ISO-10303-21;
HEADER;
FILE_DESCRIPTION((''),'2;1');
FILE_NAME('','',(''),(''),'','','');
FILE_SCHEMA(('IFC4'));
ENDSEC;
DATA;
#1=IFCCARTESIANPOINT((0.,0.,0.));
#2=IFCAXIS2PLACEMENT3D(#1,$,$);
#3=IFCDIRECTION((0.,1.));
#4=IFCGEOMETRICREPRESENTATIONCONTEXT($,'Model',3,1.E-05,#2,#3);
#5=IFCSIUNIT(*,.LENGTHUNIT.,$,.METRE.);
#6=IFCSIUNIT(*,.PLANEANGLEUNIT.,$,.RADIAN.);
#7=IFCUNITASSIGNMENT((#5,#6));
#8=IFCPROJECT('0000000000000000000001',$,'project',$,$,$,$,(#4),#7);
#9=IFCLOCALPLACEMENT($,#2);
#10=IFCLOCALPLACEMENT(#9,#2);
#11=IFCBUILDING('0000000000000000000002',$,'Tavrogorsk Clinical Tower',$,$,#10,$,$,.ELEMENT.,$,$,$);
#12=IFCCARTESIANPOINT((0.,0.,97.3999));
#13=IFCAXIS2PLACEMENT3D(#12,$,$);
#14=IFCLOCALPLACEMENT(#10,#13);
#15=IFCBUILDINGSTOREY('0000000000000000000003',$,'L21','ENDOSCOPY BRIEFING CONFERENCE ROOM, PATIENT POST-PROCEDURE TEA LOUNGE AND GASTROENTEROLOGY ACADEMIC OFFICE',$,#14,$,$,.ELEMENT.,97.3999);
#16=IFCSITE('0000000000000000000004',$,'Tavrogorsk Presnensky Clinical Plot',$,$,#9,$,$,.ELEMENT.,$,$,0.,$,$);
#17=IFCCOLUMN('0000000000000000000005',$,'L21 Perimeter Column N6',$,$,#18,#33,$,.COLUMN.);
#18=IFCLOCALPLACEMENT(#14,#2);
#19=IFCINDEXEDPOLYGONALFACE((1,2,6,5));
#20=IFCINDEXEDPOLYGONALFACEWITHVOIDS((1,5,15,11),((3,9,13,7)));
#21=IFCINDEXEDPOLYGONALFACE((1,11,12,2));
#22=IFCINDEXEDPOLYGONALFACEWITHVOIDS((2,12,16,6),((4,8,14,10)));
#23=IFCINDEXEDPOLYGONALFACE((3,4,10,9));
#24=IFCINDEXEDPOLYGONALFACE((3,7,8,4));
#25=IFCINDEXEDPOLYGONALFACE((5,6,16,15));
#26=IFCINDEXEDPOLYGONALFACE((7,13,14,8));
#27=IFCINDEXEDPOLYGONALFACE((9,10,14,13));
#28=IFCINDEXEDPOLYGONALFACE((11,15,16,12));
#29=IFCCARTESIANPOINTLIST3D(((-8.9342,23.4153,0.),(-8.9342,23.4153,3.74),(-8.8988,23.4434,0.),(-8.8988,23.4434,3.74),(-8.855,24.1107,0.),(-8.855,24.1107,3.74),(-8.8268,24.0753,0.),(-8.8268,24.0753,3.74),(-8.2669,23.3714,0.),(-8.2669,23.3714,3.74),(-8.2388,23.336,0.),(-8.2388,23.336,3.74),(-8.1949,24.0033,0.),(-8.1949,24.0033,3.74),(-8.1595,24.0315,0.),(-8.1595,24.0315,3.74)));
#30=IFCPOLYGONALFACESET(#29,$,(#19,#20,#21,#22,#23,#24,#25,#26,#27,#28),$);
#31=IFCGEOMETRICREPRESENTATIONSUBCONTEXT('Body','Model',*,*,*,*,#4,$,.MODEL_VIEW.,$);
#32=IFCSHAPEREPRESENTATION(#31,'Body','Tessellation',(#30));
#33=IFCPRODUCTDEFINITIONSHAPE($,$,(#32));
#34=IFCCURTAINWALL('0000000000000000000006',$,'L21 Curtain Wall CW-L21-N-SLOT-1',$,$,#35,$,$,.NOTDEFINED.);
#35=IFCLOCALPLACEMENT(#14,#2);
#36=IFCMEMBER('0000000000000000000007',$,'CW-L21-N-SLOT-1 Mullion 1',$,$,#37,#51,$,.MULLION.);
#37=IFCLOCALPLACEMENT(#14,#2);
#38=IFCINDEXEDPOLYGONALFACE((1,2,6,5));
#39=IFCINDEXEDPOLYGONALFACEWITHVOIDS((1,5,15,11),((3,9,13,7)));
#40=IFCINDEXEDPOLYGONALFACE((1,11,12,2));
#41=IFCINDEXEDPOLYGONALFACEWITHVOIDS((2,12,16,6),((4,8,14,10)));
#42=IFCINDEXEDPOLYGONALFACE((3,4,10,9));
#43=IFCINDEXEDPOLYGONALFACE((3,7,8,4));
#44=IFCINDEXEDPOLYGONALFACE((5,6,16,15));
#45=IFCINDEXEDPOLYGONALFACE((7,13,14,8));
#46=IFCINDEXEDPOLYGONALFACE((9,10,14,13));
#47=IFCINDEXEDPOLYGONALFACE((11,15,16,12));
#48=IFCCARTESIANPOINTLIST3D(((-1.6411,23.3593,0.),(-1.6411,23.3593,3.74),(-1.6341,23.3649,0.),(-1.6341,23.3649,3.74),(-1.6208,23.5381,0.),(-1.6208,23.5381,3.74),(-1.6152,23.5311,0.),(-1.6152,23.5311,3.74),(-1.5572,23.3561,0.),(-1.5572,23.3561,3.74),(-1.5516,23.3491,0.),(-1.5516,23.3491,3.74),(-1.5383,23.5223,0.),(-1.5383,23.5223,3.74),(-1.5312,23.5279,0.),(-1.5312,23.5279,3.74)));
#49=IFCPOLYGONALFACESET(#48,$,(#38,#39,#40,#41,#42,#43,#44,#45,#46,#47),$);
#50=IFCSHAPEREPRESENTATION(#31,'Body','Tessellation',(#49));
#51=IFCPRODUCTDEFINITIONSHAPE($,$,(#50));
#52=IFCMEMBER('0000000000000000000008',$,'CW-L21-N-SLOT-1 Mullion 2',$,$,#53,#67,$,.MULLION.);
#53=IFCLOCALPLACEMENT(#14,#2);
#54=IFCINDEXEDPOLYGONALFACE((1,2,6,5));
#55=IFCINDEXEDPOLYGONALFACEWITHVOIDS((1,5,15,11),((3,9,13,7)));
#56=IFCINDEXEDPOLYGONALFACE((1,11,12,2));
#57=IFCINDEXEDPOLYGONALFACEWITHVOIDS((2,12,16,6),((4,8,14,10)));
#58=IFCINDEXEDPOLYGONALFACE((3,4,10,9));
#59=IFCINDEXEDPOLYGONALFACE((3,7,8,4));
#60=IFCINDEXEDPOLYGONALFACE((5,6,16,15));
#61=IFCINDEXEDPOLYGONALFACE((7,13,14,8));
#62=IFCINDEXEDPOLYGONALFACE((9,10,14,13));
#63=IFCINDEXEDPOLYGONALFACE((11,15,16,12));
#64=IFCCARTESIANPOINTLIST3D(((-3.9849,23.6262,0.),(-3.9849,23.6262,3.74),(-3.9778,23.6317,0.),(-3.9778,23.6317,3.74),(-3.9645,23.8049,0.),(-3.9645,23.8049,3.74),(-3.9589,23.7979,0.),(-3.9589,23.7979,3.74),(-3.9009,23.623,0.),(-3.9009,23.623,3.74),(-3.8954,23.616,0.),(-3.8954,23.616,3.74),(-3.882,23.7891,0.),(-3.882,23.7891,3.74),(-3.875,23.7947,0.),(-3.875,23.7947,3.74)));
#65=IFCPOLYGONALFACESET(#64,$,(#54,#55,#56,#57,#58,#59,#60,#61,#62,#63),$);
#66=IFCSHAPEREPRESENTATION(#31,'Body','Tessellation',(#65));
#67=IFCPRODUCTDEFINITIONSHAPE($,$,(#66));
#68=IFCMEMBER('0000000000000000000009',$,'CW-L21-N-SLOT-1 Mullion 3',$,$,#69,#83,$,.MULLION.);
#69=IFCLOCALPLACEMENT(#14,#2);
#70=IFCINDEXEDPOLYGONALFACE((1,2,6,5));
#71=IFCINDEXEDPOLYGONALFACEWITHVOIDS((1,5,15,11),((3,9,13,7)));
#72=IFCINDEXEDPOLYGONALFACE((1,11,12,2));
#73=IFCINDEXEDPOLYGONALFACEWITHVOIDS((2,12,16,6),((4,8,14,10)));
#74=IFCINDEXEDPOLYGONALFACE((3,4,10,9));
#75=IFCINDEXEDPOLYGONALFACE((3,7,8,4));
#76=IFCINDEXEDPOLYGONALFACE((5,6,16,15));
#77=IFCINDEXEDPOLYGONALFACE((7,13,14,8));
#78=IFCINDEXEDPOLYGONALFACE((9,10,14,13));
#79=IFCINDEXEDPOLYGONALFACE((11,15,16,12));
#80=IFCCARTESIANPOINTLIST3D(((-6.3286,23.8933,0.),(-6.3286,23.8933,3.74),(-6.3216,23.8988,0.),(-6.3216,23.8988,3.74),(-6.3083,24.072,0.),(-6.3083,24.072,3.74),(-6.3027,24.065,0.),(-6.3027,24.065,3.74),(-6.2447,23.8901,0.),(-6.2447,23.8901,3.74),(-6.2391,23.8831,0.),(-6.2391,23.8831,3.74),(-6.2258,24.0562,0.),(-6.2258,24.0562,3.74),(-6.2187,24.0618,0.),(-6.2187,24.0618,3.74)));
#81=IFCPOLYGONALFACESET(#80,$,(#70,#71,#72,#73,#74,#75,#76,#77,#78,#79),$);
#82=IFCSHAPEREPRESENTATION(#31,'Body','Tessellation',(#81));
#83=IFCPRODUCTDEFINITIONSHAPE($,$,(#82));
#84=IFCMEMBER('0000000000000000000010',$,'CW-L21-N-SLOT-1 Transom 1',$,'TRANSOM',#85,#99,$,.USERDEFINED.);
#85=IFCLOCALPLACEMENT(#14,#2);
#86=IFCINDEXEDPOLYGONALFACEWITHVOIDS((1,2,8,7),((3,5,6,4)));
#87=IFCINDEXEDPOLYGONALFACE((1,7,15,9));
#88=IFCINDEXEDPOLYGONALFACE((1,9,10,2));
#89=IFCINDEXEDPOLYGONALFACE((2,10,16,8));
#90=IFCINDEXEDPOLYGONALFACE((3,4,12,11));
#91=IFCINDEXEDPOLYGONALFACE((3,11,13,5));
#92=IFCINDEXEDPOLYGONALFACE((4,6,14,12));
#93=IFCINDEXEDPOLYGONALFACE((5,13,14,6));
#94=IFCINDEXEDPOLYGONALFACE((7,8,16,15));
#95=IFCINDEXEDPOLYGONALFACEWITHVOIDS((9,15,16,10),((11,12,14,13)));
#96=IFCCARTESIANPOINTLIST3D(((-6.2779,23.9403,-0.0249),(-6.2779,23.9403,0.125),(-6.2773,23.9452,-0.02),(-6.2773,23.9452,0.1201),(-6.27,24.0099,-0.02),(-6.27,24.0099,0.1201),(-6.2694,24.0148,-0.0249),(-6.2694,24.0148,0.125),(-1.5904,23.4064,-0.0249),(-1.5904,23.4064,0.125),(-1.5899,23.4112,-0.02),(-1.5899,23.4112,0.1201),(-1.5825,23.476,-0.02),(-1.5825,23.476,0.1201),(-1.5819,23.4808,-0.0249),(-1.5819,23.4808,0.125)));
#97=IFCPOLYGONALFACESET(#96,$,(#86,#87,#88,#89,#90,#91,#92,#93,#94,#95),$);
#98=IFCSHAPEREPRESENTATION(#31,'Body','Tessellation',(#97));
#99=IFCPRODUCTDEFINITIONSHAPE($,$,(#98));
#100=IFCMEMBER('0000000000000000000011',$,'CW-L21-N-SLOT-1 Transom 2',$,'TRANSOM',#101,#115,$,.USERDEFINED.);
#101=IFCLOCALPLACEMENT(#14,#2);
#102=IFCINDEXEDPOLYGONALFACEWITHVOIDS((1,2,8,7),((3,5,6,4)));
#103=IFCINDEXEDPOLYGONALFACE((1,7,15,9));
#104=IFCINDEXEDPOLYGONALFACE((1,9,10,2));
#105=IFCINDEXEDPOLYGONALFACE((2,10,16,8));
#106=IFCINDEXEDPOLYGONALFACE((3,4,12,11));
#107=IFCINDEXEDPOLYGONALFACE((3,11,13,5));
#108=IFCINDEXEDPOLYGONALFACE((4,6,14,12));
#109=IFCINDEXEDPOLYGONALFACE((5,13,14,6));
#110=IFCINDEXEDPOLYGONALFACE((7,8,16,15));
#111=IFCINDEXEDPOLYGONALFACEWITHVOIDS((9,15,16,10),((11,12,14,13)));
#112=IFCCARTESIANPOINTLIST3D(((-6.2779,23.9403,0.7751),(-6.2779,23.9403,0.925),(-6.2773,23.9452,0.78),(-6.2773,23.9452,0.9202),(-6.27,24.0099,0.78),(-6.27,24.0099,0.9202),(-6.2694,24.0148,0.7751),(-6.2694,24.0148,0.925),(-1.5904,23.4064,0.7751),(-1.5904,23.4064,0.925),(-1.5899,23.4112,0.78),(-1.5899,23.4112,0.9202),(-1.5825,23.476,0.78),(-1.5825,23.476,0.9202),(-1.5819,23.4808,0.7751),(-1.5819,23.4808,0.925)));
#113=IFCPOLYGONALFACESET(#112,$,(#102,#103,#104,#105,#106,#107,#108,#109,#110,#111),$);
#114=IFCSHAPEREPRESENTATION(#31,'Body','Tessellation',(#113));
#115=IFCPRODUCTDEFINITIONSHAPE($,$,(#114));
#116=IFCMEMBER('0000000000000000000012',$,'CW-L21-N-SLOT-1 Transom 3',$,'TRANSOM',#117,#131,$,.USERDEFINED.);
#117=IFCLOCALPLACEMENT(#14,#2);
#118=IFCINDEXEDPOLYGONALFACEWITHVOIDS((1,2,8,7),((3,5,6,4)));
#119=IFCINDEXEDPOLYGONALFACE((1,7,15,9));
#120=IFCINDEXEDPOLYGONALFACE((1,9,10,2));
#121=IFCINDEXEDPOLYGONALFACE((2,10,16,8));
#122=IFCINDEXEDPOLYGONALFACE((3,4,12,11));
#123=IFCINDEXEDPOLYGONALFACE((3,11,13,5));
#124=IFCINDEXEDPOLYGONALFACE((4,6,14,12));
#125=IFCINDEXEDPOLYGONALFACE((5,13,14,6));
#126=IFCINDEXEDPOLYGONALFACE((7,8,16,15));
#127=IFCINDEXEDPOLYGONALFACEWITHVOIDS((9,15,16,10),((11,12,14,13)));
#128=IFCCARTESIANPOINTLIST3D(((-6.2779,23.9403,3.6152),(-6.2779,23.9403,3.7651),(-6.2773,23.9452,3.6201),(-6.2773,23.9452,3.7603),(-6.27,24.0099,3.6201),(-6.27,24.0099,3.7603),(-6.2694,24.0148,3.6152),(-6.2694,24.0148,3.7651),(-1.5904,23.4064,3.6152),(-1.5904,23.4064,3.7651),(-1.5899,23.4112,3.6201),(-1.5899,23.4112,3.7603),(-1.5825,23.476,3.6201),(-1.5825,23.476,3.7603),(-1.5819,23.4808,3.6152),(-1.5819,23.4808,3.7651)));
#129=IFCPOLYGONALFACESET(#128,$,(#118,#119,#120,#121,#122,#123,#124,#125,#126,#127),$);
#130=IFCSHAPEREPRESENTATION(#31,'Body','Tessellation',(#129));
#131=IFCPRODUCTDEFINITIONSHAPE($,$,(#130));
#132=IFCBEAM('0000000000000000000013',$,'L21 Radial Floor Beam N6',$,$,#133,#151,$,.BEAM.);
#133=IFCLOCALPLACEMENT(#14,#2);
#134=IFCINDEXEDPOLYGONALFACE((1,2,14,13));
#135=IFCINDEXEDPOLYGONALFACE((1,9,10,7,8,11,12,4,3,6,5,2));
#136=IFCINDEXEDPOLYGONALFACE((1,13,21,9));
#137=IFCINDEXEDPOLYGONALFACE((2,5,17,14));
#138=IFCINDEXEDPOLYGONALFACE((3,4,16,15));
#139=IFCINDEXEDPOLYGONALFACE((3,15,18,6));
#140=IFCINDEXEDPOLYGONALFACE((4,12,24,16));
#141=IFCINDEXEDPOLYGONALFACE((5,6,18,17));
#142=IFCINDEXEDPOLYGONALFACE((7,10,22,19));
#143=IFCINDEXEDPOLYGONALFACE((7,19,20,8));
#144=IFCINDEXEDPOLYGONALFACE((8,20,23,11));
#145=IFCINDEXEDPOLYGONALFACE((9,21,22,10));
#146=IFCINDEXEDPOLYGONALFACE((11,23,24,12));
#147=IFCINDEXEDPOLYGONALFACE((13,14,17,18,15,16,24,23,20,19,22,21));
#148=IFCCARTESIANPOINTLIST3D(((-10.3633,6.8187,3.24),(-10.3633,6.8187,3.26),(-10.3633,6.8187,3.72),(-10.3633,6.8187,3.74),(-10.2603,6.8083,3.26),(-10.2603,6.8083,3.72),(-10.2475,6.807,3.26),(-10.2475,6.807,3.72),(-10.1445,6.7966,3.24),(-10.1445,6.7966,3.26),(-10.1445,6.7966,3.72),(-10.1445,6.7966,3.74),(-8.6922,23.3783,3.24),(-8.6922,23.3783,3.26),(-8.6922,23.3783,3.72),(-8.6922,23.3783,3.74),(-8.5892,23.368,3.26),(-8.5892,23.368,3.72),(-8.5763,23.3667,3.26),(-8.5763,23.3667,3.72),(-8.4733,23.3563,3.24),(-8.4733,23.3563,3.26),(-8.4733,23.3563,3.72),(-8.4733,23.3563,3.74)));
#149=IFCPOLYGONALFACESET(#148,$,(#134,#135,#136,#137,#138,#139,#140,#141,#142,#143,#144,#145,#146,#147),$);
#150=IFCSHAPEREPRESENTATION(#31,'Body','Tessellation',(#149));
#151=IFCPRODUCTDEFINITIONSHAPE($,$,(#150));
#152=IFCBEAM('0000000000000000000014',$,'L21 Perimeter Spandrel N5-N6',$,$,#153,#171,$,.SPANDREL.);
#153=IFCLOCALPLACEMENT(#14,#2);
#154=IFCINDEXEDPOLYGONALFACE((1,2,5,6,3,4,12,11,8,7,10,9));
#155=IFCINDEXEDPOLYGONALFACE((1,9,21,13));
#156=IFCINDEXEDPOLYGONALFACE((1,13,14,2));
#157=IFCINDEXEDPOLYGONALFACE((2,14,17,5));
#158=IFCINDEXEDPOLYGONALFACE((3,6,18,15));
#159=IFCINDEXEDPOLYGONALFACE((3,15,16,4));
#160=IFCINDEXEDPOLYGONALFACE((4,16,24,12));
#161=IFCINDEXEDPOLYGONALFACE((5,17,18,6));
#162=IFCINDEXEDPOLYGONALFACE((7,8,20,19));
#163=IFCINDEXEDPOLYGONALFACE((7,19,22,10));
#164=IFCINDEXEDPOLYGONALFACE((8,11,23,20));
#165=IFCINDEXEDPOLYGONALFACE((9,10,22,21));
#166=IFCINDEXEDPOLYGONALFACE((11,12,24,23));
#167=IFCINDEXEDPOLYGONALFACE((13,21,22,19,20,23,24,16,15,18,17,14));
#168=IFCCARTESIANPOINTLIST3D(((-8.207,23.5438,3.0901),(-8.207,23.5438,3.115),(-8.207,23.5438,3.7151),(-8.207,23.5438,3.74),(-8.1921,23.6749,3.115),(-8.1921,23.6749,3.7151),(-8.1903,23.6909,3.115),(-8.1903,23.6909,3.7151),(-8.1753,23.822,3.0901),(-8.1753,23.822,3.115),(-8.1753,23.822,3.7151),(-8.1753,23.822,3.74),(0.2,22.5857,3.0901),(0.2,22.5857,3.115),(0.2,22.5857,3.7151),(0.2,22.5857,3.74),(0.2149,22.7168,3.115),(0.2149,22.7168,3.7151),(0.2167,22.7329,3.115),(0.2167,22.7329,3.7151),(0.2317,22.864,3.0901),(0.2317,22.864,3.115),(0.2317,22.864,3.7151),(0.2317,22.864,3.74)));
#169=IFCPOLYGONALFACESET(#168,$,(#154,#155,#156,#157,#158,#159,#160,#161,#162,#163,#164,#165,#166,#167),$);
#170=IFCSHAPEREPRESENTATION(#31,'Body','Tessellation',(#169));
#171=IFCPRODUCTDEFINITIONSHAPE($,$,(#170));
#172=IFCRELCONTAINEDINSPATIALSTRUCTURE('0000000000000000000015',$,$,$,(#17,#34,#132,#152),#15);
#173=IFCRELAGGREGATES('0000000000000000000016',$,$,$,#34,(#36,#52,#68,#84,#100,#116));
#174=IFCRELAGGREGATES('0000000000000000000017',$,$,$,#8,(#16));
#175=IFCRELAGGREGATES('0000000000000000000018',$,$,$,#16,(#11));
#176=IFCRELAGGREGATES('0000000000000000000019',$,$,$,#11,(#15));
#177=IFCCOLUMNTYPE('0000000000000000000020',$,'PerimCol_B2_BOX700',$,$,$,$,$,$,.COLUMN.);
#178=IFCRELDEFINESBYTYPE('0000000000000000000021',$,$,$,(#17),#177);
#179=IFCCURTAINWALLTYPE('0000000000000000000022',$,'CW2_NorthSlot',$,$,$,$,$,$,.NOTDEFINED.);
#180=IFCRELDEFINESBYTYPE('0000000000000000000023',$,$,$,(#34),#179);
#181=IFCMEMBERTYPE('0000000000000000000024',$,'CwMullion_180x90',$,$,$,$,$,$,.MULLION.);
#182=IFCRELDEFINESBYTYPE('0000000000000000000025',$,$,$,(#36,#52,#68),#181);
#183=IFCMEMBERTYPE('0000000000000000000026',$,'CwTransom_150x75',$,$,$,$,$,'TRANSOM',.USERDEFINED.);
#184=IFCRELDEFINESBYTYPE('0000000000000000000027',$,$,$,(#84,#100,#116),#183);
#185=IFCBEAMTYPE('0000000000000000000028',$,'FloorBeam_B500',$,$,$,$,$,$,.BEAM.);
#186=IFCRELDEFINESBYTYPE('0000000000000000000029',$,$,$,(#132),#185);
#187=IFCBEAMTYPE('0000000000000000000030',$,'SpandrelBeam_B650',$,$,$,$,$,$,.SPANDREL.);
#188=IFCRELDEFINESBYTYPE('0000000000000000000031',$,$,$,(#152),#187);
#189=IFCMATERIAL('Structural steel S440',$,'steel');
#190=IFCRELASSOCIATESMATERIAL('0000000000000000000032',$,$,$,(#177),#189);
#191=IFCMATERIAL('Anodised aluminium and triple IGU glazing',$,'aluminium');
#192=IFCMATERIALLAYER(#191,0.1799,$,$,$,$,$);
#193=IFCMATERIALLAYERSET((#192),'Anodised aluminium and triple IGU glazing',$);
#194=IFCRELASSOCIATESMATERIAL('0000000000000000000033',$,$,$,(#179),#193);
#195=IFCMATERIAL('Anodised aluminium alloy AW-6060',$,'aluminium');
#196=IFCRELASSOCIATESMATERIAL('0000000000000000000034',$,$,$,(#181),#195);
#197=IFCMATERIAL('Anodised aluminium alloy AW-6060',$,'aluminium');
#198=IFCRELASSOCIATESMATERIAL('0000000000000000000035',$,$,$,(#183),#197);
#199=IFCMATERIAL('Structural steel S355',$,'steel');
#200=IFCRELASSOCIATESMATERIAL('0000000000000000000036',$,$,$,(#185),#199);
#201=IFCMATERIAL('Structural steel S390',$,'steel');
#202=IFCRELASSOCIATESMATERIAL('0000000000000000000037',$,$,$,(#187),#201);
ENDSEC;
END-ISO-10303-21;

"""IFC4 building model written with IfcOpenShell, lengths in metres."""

from ifc_helpers import new_model, si_unit, direction, frame, origin, origin_2d, place, context, subcontext, project, spatial, hollow_rectangle, i_section, extrude, material, layer, layer_set, material_profile, profile_set, type_object, element, aggregate, save


model = new_model("IFC4")

# Units and contexts
model_context = context("Model", 3, precision=1e-05, world=origin(), true_north=direction((0.0, 1.0)))
body_context = subcontext(model_context, "Body", "Model", "MODEL_VIEW")
ifc_project = project(units=[si_unit("LENGTHUNIT", "METRE"), si_unit("PLANEANGLEUNIT", "RADIAN")], contexts=[model_context])

# Site, building, storey
site_placement = place(None, origin())
site = spatial("IfcSite", under=ifc_project, at=site_placement, Name="Tavrogorsk Presnensky Clinical Plot", CompositionType="ELEMENT", RefElevation=0.0)
building_placement = place(site_placement, origin())
building = spatial("IfcBuilding", under=site, at=building_placement, Name="Tavrogorsk Clinical Tower", CompositionType="ELEMENT")
storey_placement = place(building_placement, frame((0.0, 0.0, 97.3999)))
storey = spatial("IfcBuildingStorey", under=building, at=storey_placement, Name="L21", Description="ENDOSCOPY BRIEFING CONFERENCE ROOM, PATIENT POST-PROCEDURE TEA LOUNGE AND GASTROENTEROLOGY ACADEMIC OFFICE", CompositionType="ELEMENT", Elevation=97.3999)

# Column
ifc_material_1 = material(Name="Structural steel S440", Category="steel")
ifc_material_profile_1 = material_profile(ifc_material_1, hollow_rectangle(XDim=0.7, YDim=0.7, WallThickness=0.032, at=origin_2d()), Name="BOX-700x700x32")
ifc_profile_set_1 = profile_set([ifc_material_profile_1], Name="Structural steel S440")
column_type = type_object("IfcColumnType", Name="PerimCol_B2_BOX700", PredefinedType="COLUMN", material=ifc_profile_set_1)
column_placement = place(storey_placement, frame((-8.5469, 23.7234, 0.0), z_axis=(0.0, 0.0, 1.0), x_axis=(0.993572, -0.113203, 0.0)))
element("IfcColumn", 1, at=column_placement, inside=storey, type_object=column_type, Name="L21 Perimeter Column N6", PredefinedType="COLUMN", context=body_context, shape_type="SweptSolid", body=[
    extrude(hollow_rectangle(XDim=0.7, YDim=0.7, WallThickness=0.032, at=origin_2d()), origin(), (0.0, 0.0, 1.0), 3.74),
])

# Curtain wall, members
ifc_material_2 = material(Name="Anodised aluminium and triple IGU glazing", Category="aluminium")
ifc_layer_1 = layer(ifc_material_2, 0.1799)
ifc_layer_set_1 = layer_set([ifc_layer_1], Name="Anodised aluminium and triple IGU glazing")
curtain_wall_type = type_object("IfcCurtainWallType", Name="CW2_NorthSlot", PredefinedType="NOTDEFINED", material=ifc_layer_set_1)
curtain_wall_placement = place(storey_placement, origin())
curtain_wall = element("IfcCurtainWall", 2, at=curtain_wall_placement, inside=storey, type_object=curtain_wall_type, Name="L21 Curtain Wall CW-L21-N-SLOT-1", PredefinedType="NOTDEFINED")
ifc_material_3 = material(Name="Anodised aluminium alloy AW-6060", Category="aluminium")
ifc_material_profile_2 = material_profile(ifc_material_3, hollow_rectangle(XDim=0.0901, YDim=0.1799, WallThickness=0.0063, at=origin_2d()), Name="RHS-180x90x6.3")
ifc_profile_set_2 = profile_set([ifc_material_profile_2], Name="Anodised aluminium alloy AW-6060")
member_type_1 = type_object("IfcMemberType", Name="CwMullion_180x90", PredefinedType="MULLION", material=ifc_profile_set_2)
member_1_placement = place(storey_placement, frame((-1.5862, 23.4436, 0.0), z_axis=(0.0, 0.0, 1.0), x_axis=(-0.993572, 0.113203, 0.0)))
member_1 = element("IfcMember", 3, at=member_1_placement, type_object=member_type_1, Name="CW-L21-N-SLOT-1 Mullion 1", PredefinedType="MULLION", context=body_context, shape_type="SweptSolid", body=[
    extrude(hollow_rectangle(XDim=0.0901, YDim=0.1799, WallThickness=0.0063, at=origin_2d()), origin(), (0.0, 0.0, 1.0), 3.74),
])
member_2_placement = place(storey_placement, frame((-3.9299, 23.7104, 0.0), z_axis=(0.0, 0.0, 1.0), x_axis=(-0.993572, 0.113203, 0.0)))
member_2 = element("IfcMember", 4, at=member_2_placement, type_object=member_type_1, Name="CW-L21-N-SLOT-1 Mullion 2", PredefinedType="MULLION", context=body_context, shape_type="SweptSolid", body=[
    extrude(hollow_rectangle(XDim=0.0901, YDim=0.1799, WallThickness=0.0063, at=origin_2d()), origin(), (0.0, 0.0, 1.0), 3.74),
])
member_3_placement = place(storey_placement, frame((-6.2737, 23.9775, 0.0), z_axis=(0.0, 0.0, 1.0), x_axis=(-0.993572, 0.113203, 0.0)))
member_3 = element("IfcMember", 5, at=member_3_placement, type_object=member_type_1, Name="CW-L21-N-SLOT-1 Mullion 3", PredefinedType="MULLION", context=body_context, shape_type="SweptSolid", body=[
    extrude(hollow_rectangle(XDim=0.0901, YDim=0.1799, WallThickness=0.0063, at=origin_2d()), origin(), (0.0, 0.0, 1.0), 3.74),
])
ifc_material_4 = material(Name="Anodised aluminium alloy AW-6060", Category="aluminium")
ifc_material_profile_3 = material_profile(ifc_material_4, hollow_rectangle(XDim=0.075, YDim=0.1499, WallThickness=0.0049, at=origin_2d()), Name="RHS-150x75x5")
ifc_profile_set_3 = profile_set([ifc_material_profile_3], Name="Anodised aluminium alloy AW-6060")
member_type_2 = type_object("IfcMemberType", Name="CwTransom_150x75", ElementType="TRANSOM", PredefinedType="USERDEFINED", material=ifc_profile_set_3)
member_4_placement = place(storey_placement, frame((-1.5862, 23.4436, 0.05), z_axis=(-0.993575, 0.113174, 0.0), x_axis=(-0.113174, -0.993575, 0.0)))
member_4 = element("IfcMember", 6, at=member_4_placement, type_object=member_type_2, Name="CW-L21-N-SLOT-1 Transom 1", ObjectType="TRANSOM", PredefinedType="USERDEFINED", context=body_context, shape_type="SweptSolid", body=[
    extrude(hollow_rectangle(XDim=0.075, YDim=0.1499, WallThickness=0.0049, at=origin_2d()), origin(), (0.0, 0.0, 1.0), 4.7178),
])
member_5_placement = place(storey_placement, frame((-1.5862, 23.4436, 0.8501), z_axis=(-0.993575, 0.113174, 0.0), x_axis=(-0.113174, -0.993575, 0.0)))
member_5 = element("IfcMember", 7, at=member_5_placement, type_object=member_type_2, Name="CW-L21-N-SLOT-1 Transom 2", ObjectType="TRANSOM", PredefinedType="USERDEFINED", context=body_context, shape_type="SweptSolid", body=[
    extrude(hollow_rectangle(XDim=0.075, YDim=0.1499, WallThickness=0.0049, at=origin_2d()), origin(), (0.0, 0.0, 1.0), 4.7178),
])
member_6_placement = place(storey_placement, frame((-1.5862, 23.4436, 3.6902), z_axis=(-0.993575, 0.113174, 0.0), x_axis=(-0.113174, -0.993575, 0.0)))
member_6 = element("IfcMember", 8, at=member_6_placement, type_object=member_type_2, Name="CW-L21-N-SLOT-1 Transom 3", ObjectType="TRANSOM", PredefinedType="USERDEFINED", context=body_context, shape_type="SweptSolid", body=[
    extrude(hollow_rectangle(XDim=0.075, YDim=0.1499, WallThickness=0.0049, at=origin_2d()), origin(), (0.0, 0.0, 1.0), 4.7178),
])

# Beams
ifc_material_5 = material(Name="Structural steel S355", Category="steel")
ifc_material_profile_4 = material_profile(ifc_material_5, i_section(OverallWidth=0.22, OverallDepth=0.5, WebThickness=0.0129, FlangeThickness=0.02, at=origin_2d()), Name="B-500x220x13x20")
ifc_profile_set_4 = profile_set([ifc_material_profile_4], Name="Structural steel S355")
beam_type_1 = type_object("IfcBeamType", Name="FloorBeam_B500", PredefinedType="BEAM", material=ifc_profile_set_4)
beam_1_placement = place(storey_placement, frame((-10.2539, 6.8076, 3.49), z_axis=(0.100407, 0.994946, 0.0), x_axis=(-0.994946, 0.100407, 0.0)))
element("IfcBeam", 9, at=beam_1_placement, inside=storey, type_object=beam_type_1, Name="L21 Radial Floor Beam N6", PredefinedType="BEAM", context=body_context, shape_type="SweptSolid", body=[
    extrude(i_section(OverallWidth=0.22, OverallDepth=0.5, WebThickness=0.0129, FlangeThickness=0.02, at=origin_2d()), origin(), (0.0, 0.0, 1.0), 16.6438),
])
ifc_material_6 = material(Name="Structural steel S390", Category="steel")
ifc_material_profile_5 = material_profile(ifc_material_6, i_section(OverallWidth=0.28, OverallDepth=0.6499, WebThickness=0.0161, FlangeThickness=0.0249, at=origin_2d()), Name="B-650x280x16x25")
ifc_profile_set_5 = profile_set([ifc_material_profile_5], Name="Structural steel S390")
beam_type_2 = type_object("IfcBeamType", Name="SpandrelBeam_B650", PredefinedType="SPANDREL", material=ifc_profile_set_5)
beam_2_placement = place(storey_placement, frame((0.2158, 22.7249, 3.415), z_axis=(-0.99357, 0.113221, 0.0), x_axis=(-0.113221, -0.99357, 0.0)))
element("IfcBeam", 10, at=beam_2_placement, inside=storey, type_object=beam_type_2, Name="L21 Perimeter Spandrel N5-N6", PredefinedType="SPANDREL", context=body_context, shape_type="SweptSolid", body=[
    extrude(i_section(OverallWidth=0.28, OverallDepth=0.6499, WebThickness=0.0161, FlangeThickness=0.0249, at=origin_2d()), origin(), (0.0, 0.0, 1.0), 8.4614),
])

aggregate(curtain_wall, [member_1, member_2, member_3, member_4, member_5, member_6])

save(model, "model.ifc")
